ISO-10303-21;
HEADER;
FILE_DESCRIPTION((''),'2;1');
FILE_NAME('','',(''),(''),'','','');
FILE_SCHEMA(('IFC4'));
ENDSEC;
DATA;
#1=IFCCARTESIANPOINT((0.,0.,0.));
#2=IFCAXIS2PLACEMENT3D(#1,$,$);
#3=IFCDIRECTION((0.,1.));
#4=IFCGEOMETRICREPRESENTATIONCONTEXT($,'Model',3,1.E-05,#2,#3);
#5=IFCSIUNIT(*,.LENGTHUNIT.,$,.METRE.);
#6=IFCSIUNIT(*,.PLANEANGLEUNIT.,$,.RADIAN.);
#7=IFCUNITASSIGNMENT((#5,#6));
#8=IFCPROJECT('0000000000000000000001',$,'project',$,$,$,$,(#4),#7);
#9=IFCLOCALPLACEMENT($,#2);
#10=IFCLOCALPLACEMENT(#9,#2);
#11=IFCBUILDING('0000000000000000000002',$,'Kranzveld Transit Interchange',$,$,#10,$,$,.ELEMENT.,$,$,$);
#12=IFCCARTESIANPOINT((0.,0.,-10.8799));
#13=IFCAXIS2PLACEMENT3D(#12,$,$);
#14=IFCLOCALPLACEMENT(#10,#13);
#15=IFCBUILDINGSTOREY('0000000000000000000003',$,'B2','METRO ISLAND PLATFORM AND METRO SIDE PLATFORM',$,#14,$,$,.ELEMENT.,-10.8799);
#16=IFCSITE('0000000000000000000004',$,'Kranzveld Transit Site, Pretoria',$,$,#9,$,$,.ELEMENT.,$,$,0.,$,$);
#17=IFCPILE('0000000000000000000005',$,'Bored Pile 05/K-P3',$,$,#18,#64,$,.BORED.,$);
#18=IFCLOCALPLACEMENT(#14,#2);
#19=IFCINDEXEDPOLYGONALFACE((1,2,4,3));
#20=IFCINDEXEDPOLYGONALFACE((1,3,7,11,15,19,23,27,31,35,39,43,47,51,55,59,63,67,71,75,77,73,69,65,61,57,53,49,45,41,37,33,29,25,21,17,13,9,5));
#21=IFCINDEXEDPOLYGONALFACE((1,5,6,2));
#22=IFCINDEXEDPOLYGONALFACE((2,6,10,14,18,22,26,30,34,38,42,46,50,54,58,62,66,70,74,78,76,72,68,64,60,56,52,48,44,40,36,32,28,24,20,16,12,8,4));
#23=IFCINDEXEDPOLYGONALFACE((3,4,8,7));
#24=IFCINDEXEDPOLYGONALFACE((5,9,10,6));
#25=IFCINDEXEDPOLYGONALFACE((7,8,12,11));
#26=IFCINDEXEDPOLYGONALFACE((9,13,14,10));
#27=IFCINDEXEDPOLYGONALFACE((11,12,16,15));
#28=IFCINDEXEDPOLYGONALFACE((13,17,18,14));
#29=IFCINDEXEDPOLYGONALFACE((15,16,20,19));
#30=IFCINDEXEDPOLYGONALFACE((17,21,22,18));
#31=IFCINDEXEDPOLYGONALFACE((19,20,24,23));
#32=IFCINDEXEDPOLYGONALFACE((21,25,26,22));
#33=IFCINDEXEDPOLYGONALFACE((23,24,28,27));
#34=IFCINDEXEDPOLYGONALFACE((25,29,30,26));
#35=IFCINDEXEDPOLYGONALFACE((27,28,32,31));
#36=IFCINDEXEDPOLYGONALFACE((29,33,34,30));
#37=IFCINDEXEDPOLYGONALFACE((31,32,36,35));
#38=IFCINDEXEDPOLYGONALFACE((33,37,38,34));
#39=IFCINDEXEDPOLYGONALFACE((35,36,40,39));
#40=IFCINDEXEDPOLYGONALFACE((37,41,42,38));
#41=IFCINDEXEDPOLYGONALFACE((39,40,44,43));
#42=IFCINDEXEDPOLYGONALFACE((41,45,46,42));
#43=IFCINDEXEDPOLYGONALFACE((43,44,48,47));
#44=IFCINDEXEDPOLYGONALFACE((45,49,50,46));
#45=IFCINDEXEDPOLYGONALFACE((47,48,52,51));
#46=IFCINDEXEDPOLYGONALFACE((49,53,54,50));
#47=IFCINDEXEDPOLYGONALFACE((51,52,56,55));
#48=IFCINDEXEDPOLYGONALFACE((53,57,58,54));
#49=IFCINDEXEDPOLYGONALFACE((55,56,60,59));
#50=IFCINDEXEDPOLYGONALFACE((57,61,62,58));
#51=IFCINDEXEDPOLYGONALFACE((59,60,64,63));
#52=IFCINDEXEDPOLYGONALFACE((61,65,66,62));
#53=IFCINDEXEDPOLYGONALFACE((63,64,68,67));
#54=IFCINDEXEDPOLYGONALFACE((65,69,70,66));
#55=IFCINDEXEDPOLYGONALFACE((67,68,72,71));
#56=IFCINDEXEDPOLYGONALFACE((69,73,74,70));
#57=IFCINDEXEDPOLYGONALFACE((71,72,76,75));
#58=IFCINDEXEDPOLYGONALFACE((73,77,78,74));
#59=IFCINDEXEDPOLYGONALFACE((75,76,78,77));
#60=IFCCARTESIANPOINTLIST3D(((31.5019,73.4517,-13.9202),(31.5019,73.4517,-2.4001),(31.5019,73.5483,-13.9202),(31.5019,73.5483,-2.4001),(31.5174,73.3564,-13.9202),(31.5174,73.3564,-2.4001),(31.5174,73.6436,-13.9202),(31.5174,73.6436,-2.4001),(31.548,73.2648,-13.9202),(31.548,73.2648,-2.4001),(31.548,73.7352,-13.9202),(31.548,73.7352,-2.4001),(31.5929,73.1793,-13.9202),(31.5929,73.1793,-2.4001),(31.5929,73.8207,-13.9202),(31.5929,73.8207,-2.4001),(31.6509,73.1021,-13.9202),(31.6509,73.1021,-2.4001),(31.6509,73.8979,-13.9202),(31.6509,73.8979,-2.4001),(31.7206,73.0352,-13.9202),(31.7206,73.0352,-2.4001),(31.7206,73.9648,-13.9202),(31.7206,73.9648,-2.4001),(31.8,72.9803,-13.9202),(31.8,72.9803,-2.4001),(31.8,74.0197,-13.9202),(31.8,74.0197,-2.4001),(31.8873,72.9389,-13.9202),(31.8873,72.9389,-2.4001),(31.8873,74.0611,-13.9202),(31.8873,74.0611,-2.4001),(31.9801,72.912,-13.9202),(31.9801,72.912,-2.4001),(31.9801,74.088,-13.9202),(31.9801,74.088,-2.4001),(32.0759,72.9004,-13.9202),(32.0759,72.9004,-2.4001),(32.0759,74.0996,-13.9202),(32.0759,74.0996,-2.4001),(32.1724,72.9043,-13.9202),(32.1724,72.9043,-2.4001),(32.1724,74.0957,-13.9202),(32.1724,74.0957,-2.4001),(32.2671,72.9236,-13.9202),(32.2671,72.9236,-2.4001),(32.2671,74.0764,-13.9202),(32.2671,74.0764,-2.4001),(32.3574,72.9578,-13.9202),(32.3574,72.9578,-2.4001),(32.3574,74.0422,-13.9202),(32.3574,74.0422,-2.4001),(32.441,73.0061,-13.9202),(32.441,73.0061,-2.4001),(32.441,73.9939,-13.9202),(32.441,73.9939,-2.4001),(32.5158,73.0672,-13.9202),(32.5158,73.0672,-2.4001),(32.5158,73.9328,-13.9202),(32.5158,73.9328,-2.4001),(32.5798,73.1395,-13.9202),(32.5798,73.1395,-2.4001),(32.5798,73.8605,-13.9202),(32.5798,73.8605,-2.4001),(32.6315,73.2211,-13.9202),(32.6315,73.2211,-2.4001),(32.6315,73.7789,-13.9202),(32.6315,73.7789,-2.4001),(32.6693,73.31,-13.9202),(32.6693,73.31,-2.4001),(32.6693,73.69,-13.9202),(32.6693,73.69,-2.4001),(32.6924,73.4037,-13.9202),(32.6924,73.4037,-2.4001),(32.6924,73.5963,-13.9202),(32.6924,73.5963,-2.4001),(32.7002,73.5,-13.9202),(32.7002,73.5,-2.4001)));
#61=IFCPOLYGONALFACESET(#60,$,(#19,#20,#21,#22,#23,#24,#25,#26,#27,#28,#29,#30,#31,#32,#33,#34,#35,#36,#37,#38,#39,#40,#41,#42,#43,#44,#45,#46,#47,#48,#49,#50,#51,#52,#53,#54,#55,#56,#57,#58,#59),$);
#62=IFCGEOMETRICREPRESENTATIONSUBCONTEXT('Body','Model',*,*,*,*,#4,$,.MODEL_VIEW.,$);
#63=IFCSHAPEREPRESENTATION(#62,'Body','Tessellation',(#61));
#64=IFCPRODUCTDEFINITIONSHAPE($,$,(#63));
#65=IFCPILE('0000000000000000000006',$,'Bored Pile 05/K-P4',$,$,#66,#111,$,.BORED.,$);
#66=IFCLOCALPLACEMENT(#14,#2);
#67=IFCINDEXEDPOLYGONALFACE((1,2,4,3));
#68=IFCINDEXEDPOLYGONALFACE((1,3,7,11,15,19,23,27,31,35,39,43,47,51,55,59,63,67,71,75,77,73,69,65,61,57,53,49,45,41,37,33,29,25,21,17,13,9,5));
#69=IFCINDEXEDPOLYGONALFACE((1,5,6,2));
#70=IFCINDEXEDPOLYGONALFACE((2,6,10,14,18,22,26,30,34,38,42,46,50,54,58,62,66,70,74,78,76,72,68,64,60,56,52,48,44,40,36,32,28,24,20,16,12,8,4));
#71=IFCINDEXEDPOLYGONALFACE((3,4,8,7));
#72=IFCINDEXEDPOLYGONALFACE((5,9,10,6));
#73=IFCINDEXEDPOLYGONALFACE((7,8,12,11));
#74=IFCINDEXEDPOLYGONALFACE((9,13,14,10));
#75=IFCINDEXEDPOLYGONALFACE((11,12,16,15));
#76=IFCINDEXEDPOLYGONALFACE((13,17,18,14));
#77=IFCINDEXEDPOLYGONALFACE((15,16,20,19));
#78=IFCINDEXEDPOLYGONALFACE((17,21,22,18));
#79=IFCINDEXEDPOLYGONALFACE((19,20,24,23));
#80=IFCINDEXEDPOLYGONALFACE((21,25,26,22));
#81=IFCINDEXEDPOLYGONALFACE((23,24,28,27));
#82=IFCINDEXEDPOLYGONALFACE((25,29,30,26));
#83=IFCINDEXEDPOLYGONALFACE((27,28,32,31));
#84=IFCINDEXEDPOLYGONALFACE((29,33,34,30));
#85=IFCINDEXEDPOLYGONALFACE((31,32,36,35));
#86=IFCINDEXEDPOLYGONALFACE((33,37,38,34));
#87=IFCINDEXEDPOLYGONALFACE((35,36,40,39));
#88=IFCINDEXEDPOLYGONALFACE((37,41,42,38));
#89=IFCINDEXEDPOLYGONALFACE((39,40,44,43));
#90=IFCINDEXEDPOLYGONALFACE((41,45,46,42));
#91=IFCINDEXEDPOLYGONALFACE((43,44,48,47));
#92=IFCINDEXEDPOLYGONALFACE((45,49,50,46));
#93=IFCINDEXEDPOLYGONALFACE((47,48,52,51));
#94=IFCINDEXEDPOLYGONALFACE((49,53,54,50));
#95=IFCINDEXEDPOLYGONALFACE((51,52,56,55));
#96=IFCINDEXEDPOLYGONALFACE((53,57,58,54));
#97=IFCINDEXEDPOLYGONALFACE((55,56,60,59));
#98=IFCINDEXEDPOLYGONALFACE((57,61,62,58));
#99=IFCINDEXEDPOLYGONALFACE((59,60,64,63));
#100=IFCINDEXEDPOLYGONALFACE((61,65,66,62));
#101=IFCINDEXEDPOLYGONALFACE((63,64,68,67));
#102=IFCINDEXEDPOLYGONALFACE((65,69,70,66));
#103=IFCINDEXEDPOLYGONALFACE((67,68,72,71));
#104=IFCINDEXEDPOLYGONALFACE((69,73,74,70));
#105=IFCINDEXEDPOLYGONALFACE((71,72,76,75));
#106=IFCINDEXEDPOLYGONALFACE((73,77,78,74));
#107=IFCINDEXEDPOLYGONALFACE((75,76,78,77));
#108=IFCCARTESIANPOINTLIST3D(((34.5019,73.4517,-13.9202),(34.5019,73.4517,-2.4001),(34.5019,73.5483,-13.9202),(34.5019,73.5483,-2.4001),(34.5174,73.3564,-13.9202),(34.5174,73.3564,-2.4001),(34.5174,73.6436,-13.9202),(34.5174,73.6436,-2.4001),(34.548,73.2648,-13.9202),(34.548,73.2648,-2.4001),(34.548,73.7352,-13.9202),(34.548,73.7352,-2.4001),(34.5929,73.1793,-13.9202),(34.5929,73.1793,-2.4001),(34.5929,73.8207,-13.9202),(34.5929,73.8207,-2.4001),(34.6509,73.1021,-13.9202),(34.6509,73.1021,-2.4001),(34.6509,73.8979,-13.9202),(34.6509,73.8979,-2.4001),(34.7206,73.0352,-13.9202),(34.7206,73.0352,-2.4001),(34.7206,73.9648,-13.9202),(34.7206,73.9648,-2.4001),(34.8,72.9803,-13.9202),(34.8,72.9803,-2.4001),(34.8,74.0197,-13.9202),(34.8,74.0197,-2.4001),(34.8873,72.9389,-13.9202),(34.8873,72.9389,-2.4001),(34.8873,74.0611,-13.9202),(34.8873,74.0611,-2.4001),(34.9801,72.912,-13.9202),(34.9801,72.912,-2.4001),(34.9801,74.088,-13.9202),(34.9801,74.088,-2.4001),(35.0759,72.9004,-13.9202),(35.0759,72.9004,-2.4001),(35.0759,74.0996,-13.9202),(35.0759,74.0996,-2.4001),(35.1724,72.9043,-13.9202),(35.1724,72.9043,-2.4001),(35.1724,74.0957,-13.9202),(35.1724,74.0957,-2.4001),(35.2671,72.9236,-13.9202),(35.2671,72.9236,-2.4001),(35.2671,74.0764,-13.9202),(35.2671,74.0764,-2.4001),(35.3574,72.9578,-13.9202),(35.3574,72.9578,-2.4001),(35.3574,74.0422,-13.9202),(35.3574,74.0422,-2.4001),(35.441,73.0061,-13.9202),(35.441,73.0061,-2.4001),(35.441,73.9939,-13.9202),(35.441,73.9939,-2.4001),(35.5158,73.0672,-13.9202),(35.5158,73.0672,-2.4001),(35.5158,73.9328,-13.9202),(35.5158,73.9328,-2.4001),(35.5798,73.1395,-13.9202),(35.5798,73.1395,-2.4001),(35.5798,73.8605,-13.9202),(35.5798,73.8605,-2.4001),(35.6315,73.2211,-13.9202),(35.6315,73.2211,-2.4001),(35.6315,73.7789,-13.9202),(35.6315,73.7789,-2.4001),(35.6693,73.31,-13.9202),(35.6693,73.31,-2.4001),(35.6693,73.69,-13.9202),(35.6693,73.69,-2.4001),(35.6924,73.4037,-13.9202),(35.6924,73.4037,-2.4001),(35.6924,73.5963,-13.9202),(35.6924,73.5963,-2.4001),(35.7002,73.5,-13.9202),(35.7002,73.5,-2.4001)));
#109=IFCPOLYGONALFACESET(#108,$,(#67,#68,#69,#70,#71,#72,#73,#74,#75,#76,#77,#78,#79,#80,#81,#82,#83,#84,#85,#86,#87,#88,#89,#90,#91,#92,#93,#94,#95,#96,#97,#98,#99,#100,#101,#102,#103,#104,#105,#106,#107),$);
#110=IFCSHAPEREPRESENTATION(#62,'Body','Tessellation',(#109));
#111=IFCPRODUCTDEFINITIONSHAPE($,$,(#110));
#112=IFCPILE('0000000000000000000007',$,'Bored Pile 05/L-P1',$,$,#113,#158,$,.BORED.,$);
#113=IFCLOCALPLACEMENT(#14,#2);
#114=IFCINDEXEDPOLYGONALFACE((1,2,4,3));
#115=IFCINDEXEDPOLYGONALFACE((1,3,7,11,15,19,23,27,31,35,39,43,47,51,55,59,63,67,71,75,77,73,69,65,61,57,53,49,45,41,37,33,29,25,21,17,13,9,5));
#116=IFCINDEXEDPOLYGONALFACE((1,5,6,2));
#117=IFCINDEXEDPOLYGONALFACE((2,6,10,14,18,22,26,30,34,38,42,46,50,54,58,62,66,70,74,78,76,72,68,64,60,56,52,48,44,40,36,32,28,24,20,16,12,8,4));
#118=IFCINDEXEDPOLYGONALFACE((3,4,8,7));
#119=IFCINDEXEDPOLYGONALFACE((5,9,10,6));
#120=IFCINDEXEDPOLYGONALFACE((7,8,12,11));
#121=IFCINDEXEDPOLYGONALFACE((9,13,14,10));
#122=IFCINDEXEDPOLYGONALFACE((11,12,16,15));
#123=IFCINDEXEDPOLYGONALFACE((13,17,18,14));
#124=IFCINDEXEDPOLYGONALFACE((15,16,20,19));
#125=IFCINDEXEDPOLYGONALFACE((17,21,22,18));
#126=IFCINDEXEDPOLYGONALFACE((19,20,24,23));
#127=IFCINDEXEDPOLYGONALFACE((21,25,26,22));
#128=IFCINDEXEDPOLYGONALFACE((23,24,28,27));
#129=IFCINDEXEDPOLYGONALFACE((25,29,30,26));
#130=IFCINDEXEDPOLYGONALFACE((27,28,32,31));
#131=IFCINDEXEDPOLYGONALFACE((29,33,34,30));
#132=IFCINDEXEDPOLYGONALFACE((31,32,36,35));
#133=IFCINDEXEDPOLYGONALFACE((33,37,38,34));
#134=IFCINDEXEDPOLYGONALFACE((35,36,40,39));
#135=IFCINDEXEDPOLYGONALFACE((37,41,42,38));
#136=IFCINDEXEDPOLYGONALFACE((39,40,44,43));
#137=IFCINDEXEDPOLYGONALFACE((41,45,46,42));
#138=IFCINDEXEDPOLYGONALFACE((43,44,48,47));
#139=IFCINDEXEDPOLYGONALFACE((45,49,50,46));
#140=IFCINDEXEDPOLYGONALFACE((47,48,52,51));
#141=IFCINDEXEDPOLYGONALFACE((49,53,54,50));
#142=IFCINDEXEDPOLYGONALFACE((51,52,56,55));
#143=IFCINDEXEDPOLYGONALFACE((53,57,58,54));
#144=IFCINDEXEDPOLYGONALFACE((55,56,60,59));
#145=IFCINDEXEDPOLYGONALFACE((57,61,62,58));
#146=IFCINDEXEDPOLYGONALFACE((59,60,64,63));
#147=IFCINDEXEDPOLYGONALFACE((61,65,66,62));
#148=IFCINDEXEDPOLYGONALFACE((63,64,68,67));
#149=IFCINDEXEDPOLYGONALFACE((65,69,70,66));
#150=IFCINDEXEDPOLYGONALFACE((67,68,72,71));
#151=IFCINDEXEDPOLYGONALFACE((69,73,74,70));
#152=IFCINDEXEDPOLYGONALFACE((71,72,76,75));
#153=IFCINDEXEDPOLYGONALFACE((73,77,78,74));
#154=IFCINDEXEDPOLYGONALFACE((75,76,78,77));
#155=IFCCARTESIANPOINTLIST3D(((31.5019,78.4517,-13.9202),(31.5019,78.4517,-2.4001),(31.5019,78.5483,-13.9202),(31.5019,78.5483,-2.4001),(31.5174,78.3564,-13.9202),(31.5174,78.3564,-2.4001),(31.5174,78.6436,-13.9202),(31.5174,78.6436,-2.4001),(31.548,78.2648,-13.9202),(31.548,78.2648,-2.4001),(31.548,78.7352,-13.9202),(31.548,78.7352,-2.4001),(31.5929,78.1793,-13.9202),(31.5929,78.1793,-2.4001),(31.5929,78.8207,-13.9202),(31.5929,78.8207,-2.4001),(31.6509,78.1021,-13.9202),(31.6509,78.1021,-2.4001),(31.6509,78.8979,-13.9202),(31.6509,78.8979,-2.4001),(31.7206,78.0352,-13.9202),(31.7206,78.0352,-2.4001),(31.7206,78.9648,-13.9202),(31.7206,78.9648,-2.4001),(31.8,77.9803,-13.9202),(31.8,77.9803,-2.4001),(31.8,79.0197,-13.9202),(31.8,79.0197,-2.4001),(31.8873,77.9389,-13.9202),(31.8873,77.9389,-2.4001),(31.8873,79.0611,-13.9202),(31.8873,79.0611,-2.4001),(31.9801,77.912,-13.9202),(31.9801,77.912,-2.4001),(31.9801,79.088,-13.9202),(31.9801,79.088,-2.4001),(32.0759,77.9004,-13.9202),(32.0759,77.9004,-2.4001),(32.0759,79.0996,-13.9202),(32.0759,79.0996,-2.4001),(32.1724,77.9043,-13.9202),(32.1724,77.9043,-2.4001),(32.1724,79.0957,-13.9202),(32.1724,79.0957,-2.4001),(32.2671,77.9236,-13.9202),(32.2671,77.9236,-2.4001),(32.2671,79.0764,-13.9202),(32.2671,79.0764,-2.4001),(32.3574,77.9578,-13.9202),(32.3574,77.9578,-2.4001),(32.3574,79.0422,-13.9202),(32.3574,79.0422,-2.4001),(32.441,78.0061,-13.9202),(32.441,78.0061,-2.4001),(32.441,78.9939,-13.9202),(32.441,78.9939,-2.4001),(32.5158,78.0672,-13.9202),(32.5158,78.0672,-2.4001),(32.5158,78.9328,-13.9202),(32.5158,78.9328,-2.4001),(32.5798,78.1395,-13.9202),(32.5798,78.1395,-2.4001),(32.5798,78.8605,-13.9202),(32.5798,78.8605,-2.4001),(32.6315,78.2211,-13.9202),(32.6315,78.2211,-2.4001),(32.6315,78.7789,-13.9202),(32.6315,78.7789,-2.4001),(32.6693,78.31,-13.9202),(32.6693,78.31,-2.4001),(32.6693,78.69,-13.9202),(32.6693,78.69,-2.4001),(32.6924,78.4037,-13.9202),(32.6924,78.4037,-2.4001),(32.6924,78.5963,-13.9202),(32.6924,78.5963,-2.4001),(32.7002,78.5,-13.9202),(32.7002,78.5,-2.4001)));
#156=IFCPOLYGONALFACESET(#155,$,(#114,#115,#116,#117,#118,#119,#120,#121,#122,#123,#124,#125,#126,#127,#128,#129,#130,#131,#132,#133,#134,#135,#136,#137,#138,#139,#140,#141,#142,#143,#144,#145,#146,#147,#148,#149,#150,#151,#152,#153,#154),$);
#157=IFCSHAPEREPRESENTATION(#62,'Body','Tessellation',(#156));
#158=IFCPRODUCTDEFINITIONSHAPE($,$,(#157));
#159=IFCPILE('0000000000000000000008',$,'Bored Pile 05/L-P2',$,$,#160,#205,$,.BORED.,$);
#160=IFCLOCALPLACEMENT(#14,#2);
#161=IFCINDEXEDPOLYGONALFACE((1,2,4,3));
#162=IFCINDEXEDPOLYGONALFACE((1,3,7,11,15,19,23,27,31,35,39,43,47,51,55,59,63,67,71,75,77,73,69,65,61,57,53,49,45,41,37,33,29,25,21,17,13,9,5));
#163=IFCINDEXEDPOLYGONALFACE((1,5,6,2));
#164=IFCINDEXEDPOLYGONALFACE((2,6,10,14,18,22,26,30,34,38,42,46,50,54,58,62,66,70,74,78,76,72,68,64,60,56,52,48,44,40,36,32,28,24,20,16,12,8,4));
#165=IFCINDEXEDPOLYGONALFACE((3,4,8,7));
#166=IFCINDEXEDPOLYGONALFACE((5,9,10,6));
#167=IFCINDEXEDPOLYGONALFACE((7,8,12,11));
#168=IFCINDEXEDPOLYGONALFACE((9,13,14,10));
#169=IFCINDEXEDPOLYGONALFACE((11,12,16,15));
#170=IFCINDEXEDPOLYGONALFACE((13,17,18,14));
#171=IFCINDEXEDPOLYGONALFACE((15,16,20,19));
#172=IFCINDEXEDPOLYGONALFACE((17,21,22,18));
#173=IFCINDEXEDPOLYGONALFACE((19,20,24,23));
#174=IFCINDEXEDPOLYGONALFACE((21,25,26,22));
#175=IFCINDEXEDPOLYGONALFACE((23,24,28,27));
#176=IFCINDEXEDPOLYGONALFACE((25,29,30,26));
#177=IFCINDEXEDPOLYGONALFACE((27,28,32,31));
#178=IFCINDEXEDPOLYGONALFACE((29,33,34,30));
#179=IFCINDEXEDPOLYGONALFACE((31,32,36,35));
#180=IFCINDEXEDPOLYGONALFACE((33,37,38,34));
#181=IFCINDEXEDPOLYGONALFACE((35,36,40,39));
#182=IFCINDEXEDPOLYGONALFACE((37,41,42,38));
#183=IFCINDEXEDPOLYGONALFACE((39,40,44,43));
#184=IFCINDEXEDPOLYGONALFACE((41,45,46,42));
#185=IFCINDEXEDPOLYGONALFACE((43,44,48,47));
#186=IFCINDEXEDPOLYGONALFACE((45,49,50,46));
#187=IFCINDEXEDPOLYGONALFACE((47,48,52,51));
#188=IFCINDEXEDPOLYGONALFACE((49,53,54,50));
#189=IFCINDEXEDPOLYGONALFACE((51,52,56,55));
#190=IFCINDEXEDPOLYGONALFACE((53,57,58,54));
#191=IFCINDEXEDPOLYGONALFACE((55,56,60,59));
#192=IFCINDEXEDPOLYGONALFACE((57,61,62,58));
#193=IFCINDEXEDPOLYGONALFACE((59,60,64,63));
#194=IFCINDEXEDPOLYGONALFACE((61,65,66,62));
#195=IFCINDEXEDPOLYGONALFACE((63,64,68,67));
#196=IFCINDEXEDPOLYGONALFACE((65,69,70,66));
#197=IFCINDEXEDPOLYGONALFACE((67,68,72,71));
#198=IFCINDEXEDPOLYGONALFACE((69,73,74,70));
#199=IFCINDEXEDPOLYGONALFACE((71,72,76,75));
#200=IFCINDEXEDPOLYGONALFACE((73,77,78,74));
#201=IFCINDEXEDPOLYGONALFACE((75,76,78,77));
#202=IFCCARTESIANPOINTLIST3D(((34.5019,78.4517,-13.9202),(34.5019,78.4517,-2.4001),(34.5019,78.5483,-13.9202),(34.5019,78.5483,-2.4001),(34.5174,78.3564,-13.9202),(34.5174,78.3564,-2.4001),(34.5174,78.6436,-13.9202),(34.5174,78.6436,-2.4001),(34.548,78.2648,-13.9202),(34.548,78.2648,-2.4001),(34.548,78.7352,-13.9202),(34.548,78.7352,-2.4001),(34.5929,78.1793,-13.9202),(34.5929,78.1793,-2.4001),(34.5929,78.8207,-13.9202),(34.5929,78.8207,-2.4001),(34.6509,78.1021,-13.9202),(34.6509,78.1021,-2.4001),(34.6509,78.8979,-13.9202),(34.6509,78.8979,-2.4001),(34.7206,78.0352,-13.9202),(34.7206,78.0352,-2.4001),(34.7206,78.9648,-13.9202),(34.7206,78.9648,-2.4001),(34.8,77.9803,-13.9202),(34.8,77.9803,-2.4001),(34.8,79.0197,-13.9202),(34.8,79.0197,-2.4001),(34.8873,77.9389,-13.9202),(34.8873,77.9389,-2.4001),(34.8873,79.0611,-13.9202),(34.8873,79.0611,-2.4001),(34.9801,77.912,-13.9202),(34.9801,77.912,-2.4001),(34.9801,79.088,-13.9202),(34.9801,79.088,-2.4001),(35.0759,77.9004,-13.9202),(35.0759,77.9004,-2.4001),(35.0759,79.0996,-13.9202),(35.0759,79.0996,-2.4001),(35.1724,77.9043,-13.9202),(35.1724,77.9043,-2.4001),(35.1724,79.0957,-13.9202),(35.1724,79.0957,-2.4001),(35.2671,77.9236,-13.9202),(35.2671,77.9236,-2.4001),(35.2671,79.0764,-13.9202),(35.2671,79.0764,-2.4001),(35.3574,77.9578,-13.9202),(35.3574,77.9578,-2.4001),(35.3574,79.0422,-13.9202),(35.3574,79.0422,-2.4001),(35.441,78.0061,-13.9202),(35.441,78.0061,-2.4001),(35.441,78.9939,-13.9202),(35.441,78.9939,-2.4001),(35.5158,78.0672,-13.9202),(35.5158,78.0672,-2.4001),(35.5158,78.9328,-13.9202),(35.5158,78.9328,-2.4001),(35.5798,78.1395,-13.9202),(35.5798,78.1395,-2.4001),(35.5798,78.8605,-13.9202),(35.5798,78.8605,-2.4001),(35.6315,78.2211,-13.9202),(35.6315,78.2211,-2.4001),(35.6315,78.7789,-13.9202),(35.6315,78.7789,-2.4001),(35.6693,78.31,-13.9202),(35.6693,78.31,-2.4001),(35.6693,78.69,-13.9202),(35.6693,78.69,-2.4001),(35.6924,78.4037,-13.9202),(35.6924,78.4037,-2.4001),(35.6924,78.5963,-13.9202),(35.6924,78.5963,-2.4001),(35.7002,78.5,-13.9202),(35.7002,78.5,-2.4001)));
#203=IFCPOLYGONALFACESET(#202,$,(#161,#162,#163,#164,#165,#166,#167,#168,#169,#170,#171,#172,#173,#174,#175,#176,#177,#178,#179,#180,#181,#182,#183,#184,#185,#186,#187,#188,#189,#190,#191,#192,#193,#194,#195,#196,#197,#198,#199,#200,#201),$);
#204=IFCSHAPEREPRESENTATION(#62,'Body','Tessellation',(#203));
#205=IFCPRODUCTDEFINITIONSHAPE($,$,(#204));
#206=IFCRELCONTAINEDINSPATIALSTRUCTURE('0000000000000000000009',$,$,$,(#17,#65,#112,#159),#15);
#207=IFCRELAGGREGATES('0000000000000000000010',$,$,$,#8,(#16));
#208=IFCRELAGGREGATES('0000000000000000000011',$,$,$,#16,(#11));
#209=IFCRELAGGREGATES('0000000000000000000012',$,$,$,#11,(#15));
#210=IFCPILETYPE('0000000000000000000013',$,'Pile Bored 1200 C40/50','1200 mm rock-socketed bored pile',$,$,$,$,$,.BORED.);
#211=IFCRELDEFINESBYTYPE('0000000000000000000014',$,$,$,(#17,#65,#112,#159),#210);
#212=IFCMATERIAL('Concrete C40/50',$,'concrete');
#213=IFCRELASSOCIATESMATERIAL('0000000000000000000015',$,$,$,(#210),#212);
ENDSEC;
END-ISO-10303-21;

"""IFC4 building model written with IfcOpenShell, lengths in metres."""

from ifc_helpers import new_model, si_unit, direction, frame, origin, origin_2d, place, context, subcontext, project, spatial, circle, extrude, material, material_profile, profile_set, type_object, element, save


model = new_model("IFC4")

# Units and contexts
model_context = context("Model", 3, precision=1e-05, world=origin(), true_north=direction((0.0, 1.0)))
body_context = subcontext(model_context, "Body", "Model", "MODEL_VIEW")
ifc_project = project(units=[si_unit("LENGTHUNIT", "METRE"), si_unit("PLANEANGLEUNIT", "RADIAN")], contexts=[model_context])

# Site, building, storey
site_placement = place(None, origin())
site = spatial("IfcSite", under=ifc_project, at=site_placement, Name="Kranzveld Transit Site, Pretoria", CompositionType="ELEMENT", RefElevation=0.0)
building_placement = place(site_placement, origin())
building = spatial("IfcBuilding", under=site, at=building_placement, Name="Kranzveld Transit Interchange", CompositionType="ELEMENT")
storey_placement = place(building_placement, frame((0.0, 0.0, -10.8799)))
storey = spatial("IfcBuildingStorey", under=building, at=storey_placement, Name="B2", Description="METRO ISLAND PLATFORM AND METRO SIDE PLATFORM", CompositionType="ELEMENT", Elevation=-10.8799)

# Piles
ifc_material_1 = material(Name="Concrete C40/50", Category="concrete")
ifc_material_profile_1 = material_profile(ifc_material_1, circle(Radius=0.6001, at=origin_2d()), Name="BORED PILE 1200")
ifc_profile_set_1 = profile_set([ifc_material_profile_1], Name="Concrete C40/50")
pile_type_1 = type_object("IfcPileType", Name="Pile Bored 1200 C40/50", Description="1200 mm rock-socketed bored pile", PredefinedType="BORED", material=ifc_profile_set_1)
for number, where, z_axis, x_axis, name in (
    (1, (32.1001, 73.5, -2.4001), (0.0, 0.0, -1.0), (1.0, 0.0, 0.0), "Bored Pile 05/K-P3"),
    (2, (35.1001, 73.5, -2.4001), (0.0, 0.0, -1.0), (1.0, 0.0, 0.0), "Bored Pile 05/K-P4"),
    (3, (32.1001, 78.5, -2.4001), (0.0, 0.0, -1.0), (1.0, 0.0, 0.0), "Bored Pile 05/L-P1"),
    (4, (35.1001, 78.5, -2.4001), (0.0, 0.0, -1.0), (1.0, 0.0, 0.0), "Bored Pile 05/L-P2"),
):
    element("IfcPile", number, at=place(storey_placement, frame(where, z_axis=z_axis, x_axis=x_axis)), inside=storey, type_object=pile_type_1, Name=name, PredefinedType="BORED", context=body_context, shape_type="SweptSolid", body=[
        extrude(circle(Radius=0.6001, at=origin_2d()), origin(), (0.0, 0.0, 1.0), 11.52),
    ])

save(model, "model.ifc")
